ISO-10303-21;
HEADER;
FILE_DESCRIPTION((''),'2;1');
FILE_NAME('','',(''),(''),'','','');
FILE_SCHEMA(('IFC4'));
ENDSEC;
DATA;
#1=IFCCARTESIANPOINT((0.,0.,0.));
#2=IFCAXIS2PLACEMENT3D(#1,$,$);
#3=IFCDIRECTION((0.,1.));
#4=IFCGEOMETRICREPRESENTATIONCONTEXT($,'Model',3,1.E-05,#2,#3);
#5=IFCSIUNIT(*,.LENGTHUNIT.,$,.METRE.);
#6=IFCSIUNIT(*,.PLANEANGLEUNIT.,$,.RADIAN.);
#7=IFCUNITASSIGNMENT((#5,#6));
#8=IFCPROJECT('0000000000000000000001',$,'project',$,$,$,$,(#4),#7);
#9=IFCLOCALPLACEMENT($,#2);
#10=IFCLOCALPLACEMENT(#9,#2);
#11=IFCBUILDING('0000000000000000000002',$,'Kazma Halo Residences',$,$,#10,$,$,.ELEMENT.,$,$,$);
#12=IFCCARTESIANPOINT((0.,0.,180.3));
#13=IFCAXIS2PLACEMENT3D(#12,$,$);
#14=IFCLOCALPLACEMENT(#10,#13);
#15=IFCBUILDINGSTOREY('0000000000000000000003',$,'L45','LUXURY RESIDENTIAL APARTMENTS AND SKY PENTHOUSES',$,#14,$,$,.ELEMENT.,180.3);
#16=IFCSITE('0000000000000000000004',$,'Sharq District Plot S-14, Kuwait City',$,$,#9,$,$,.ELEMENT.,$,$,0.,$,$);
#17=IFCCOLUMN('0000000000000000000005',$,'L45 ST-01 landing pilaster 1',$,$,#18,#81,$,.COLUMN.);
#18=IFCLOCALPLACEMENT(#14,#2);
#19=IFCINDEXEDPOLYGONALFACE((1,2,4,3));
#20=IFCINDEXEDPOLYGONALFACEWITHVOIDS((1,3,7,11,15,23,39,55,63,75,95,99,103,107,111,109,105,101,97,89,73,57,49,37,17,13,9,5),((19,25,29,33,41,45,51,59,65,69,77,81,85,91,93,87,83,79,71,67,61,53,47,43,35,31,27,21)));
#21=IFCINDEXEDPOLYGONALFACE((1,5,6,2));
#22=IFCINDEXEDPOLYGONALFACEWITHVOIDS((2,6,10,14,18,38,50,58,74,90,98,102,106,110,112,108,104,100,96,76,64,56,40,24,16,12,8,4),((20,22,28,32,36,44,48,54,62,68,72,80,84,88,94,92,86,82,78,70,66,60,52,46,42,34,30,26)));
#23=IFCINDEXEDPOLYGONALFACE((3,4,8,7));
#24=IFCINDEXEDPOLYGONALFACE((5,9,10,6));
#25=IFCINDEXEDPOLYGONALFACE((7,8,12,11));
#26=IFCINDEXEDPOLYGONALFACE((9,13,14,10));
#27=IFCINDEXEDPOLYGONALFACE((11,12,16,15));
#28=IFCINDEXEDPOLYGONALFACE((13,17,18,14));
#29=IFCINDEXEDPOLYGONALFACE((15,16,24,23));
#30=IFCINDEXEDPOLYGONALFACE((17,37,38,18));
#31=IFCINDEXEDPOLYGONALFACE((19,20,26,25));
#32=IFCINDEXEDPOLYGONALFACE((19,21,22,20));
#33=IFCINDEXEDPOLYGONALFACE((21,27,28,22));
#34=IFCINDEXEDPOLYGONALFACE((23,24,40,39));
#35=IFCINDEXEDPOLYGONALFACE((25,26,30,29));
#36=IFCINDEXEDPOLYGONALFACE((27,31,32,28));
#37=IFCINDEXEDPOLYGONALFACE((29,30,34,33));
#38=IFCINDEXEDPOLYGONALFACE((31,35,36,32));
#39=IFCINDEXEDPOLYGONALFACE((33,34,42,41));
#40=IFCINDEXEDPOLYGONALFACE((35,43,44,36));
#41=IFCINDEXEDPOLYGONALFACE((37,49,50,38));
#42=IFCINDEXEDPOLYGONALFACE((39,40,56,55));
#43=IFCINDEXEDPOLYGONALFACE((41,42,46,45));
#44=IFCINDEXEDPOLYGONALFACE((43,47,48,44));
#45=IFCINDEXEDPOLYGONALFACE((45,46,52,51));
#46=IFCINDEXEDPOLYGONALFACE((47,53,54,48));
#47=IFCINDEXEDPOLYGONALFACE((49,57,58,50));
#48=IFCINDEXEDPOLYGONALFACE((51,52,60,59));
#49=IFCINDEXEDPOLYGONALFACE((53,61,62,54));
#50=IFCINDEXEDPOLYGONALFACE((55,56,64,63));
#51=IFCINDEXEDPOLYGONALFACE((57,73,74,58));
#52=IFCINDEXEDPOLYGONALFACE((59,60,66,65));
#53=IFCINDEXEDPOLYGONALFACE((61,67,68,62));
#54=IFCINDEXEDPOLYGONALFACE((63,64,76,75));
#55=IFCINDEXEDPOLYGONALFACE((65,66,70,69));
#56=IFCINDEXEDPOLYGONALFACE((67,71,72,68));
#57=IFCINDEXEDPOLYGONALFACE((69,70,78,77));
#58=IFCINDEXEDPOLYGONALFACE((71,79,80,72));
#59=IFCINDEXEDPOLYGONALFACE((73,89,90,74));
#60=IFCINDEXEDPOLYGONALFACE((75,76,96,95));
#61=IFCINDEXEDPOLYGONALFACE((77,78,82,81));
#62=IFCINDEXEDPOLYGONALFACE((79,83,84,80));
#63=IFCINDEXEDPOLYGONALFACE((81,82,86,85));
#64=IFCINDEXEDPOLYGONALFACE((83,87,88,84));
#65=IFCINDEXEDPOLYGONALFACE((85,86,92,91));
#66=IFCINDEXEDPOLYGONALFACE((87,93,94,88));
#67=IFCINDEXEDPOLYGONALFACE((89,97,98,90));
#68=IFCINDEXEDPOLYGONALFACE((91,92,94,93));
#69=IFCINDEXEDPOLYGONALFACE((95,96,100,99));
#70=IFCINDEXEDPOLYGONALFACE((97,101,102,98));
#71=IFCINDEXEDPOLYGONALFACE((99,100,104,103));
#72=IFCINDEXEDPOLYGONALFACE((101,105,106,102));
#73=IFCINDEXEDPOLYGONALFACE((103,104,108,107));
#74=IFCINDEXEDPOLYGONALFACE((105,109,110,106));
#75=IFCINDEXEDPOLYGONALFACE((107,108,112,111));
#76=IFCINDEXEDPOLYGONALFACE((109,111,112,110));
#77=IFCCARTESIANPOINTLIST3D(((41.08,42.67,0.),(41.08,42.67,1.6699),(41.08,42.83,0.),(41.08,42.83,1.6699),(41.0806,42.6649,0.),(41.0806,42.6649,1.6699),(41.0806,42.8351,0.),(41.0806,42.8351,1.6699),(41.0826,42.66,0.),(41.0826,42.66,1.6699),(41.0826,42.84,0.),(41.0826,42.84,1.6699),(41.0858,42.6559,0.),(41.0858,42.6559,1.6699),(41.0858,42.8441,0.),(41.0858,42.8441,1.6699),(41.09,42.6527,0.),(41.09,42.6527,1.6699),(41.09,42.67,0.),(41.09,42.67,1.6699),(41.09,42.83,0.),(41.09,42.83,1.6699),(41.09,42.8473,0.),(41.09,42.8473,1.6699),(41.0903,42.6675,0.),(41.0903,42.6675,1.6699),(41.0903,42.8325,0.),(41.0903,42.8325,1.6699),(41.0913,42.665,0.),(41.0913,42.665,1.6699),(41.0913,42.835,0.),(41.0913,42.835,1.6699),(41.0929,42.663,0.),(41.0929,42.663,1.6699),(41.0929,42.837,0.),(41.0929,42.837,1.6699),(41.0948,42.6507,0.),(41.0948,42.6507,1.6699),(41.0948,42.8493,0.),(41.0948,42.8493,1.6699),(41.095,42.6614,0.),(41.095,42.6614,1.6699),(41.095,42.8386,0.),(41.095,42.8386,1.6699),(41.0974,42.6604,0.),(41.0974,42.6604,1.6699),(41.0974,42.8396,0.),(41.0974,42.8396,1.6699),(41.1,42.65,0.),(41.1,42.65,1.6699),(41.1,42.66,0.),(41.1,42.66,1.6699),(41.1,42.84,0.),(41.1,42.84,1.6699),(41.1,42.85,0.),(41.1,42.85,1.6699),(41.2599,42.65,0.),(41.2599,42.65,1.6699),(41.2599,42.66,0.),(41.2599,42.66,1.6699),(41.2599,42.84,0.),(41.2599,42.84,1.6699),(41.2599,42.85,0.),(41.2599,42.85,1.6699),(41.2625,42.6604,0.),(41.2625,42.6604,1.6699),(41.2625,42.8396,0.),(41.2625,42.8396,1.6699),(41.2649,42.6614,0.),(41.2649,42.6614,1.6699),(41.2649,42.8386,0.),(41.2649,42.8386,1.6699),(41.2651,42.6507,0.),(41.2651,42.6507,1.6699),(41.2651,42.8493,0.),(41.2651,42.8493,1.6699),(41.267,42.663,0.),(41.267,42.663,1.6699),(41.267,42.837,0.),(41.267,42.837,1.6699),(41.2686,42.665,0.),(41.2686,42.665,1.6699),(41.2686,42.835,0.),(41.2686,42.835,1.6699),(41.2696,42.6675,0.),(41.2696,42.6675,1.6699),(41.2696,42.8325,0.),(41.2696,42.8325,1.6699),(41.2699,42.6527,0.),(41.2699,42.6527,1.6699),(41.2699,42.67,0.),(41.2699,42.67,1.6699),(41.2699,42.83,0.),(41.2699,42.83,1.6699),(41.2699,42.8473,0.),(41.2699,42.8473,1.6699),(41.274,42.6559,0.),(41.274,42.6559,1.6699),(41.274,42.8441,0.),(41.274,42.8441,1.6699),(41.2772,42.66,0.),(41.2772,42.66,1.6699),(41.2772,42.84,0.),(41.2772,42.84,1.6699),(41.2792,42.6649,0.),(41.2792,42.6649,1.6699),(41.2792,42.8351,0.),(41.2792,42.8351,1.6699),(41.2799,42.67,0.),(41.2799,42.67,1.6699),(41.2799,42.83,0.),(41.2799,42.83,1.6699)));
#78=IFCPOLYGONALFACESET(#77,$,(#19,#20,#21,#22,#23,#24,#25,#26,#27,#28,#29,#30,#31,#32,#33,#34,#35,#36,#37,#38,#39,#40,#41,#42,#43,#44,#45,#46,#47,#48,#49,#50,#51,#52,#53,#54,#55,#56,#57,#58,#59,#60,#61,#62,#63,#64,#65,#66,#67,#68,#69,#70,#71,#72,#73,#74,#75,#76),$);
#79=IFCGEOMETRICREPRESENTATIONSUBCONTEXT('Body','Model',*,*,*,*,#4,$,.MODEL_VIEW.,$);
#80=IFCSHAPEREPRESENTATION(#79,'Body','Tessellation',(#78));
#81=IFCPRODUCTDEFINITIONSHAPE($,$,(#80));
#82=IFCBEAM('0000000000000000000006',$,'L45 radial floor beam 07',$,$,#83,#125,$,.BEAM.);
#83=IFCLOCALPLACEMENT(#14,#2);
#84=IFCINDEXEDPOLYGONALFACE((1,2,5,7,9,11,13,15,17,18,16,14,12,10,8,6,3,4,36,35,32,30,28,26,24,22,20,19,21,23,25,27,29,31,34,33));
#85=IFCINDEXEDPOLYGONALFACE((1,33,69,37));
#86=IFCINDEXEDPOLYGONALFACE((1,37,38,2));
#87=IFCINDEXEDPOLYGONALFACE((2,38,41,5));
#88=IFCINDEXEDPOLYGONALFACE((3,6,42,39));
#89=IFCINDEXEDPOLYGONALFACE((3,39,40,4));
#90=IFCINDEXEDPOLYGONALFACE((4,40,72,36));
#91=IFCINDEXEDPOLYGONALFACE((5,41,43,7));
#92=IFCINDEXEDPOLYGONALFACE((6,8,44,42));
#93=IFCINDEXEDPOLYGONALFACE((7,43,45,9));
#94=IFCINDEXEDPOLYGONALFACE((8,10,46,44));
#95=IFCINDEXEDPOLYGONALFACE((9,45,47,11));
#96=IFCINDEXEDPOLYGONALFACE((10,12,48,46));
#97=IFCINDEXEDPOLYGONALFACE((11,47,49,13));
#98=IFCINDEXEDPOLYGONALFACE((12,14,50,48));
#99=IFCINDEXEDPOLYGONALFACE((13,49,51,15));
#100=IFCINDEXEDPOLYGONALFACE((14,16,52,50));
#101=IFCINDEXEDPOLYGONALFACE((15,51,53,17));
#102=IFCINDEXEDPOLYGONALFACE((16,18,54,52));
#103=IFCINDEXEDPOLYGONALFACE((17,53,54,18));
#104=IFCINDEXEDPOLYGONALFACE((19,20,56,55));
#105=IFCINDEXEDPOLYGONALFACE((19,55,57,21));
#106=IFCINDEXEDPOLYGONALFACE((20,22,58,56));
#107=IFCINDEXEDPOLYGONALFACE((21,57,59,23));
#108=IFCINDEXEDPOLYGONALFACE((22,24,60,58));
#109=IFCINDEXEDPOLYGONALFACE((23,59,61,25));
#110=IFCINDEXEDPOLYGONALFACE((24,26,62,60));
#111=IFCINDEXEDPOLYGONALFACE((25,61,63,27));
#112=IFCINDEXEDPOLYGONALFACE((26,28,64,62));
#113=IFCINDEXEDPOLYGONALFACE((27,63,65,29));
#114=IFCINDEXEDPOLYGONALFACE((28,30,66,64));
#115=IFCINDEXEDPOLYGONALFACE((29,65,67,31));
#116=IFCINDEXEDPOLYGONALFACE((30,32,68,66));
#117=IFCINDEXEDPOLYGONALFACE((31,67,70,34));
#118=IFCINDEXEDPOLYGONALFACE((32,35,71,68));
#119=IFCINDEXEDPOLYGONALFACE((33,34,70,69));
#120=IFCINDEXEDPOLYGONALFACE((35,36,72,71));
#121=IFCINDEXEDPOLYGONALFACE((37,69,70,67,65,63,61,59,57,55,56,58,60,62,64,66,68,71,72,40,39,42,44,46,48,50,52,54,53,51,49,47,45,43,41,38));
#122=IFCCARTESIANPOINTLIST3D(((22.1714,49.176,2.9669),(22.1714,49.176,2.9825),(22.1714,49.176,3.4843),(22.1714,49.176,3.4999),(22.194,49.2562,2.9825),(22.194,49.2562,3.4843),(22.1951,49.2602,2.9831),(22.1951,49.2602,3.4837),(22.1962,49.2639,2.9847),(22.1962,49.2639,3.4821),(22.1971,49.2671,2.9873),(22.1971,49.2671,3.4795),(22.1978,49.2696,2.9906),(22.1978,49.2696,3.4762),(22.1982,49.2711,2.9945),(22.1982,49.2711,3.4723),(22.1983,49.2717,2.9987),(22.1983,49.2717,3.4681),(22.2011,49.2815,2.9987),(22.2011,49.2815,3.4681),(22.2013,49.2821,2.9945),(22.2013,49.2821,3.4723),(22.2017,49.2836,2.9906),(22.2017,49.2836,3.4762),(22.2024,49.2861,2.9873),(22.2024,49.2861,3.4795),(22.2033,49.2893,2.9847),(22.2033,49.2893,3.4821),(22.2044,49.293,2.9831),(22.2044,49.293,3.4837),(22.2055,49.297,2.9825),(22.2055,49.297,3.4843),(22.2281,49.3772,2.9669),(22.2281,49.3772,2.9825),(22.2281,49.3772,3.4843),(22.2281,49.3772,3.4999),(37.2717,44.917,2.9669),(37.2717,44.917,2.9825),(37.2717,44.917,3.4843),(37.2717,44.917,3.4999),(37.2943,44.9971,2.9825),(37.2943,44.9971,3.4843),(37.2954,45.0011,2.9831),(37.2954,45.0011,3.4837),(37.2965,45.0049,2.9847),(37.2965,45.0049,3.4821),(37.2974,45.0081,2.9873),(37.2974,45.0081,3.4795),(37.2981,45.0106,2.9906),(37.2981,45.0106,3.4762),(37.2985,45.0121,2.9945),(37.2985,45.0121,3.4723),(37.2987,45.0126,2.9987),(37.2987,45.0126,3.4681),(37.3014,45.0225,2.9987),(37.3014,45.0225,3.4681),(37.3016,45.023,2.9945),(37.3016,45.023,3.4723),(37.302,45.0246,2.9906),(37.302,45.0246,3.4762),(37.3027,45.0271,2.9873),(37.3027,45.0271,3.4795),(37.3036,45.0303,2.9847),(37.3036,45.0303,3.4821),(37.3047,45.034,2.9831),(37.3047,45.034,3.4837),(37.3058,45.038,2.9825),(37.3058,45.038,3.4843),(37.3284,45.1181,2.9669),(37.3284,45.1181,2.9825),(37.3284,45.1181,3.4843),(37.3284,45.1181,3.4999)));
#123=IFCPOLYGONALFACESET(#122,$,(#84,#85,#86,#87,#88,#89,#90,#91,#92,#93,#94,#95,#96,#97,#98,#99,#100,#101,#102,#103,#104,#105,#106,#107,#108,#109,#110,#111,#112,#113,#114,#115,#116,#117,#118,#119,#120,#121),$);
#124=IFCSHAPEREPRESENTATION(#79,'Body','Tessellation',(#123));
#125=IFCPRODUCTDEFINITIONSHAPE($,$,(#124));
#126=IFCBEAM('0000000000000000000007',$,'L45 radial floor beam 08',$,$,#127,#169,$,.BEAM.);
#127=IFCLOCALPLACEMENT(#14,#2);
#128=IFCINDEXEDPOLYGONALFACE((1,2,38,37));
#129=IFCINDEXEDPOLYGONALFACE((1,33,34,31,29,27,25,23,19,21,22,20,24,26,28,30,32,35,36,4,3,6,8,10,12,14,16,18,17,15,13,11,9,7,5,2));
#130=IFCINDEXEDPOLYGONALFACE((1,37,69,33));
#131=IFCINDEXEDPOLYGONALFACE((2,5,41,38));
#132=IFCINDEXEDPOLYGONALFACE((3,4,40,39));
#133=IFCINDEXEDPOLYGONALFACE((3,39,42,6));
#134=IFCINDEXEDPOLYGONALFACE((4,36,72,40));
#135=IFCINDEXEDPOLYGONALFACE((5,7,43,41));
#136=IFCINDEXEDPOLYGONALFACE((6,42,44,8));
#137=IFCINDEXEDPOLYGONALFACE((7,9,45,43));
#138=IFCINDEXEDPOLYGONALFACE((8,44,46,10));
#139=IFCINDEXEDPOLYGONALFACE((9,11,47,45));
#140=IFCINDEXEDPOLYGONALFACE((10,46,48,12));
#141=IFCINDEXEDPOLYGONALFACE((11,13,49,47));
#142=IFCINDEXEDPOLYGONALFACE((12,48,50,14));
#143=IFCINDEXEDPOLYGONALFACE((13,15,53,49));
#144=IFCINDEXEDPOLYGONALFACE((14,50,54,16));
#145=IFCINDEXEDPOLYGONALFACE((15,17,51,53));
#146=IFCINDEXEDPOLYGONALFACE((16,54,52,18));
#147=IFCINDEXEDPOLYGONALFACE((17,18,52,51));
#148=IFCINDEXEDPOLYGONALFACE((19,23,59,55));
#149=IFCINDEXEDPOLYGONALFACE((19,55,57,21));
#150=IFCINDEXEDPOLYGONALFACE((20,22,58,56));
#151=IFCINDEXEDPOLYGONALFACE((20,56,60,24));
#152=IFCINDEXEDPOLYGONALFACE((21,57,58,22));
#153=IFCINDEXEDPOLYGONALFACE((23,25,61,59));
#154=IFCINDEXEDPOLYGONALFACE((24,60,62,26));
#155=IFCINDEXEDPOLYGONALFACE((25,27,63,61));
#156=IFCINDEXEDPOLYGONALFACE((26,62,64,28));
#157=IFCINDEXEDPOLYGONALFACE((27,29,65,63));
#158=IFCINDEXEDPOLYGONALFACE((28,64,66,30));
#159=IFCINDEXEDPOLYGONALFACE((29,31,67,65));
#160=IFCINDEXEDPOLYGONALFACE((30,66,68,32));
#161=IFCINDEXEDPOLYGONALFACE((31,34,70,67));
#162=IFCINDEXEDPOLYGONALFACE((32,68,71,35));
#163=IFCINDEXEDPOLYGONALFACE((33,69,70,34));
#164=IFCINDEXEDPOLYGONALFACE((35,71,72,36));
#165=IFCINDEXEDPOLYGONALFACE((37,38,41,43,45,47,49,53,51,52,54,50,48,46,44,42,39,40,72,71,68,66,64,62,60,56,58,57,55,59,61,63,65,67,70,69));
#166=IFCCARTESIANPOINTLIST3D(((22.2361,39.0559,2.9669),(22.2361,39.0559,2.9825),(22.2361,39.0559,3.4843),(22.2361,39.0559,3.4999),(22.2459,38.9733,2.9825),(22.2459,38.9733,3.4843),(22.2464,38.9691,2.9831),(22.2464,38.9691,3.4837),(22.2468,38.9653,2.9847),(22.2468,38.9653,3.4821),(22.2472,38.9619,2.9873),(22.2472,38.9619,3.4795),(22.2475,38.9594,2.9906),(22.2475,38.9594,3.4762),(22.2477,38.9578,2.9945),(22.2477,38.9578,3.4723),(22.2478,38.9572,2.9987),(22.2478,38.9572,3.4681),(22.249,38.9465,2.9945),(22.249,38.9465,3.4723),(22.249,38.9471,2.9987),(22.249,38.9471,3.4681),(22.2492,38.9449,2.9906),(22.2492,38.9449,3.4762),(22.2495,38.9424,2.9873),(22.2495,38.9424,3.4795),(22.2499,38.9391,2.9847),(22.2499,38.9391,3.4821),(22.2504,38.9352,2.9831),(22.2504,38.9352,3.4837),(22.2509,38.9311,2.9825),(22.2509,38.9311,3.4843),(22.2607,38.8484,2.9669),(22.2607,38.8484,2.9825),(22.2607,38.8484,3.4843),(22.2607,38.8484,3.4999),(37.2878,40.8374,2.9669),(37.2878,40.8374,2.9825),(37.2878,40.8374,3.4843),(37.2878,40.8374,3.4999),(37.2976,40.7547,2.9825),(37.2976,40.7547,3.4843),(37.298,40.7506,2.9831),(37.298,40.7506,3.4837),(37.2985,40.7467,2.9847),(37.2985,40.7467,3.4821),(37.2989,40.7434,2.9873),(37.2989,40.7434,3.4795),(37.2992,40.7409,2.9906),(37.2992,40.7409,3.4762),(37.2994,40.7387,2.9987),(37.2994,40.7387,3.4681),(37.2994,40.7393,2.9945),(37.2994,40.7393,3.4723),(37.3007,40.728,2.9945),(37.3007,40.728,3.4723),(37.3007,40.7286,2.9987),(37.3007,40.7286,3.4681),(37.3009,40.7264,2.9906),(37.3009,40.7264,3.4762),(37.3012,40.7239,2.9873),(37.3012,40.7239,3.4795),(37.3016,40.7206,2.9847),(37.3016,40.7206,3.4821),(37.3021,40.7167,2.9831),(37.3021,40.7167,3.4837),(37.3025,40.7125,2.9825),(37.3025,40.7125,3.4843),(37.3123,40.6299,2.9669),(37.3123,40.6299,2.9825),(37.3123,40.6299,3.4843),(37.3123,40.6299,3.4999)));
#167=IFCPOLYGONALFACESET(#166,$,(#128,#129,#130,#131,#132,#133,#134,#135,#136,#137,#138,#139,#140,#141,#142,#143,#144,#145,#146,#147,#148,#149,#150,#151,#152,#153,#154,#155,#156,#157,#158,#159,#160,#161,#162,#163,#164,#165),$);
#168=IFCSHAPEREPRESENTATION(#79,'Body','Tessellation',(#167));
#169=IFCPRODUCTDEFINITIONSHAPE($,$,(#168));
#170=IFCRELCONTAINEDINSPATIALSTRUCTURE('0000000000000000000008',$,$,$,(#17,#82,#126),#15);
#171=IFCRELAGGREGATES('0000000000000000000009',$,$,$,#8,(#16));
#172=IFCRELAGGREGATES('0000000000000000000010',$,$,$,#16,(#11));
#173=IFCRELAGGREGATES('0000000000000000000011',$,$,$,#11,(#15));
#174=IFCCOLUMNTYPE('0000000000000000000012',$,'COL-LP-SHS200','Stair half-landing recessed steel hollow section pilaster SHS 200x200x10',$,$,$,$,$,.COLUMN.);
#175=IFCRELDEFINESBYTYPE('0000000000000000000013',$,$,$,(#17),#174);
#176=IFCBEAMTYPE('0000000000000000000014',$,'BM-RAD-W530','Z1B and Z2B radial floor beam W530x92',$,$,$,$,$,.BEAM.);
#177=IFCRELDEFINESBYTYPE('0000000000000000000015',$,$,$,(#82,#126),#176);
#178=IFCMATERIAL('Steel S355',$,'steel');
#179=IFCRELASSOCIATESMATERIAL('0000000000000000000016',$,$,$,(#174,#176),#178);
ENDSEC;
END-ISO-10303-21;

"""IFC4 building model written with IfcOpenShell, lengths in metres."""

from ifc_helpers import new_model, si_unit, direction, frame, origin, origin_2d, place, context, subcontext, project, spatial, hollow_rectangle, i_section, extrude, material, material_profile, profile_set, type_object, element, save


model = new_model("IFC4")

# Units and contexts
model_context = context("Model", 3, precision=1e-05, world=origin(), true_north=direction((0.0, 1.0)))
body_context = subcontext(model_context, "Body", "Model", "MODEL_VIEW")
ifc_project = project(units=[si_unit("LENGTHUNIT", "METRE"), si_unit("PLANEANGLEUNIT", "RADIAN")], contexts=[model_context])

# Site, building, storey
site_placement = place(None, origin())
site = spatial("IfcSite", under=ifc_project, at=site_placement, Name="Sharq District Plot S-14, Kuwait City", CompositionType="ELEMENT", RefElevation=0.0)
building_placement = place(site_placement, origin())
building = spatial("IfcBuilding", under=site, at=building_placement, Name="Kazma Halo Residences", CompositionType="ELEMENT")
storey_placement = place(building_placement, frame((0.0, 0.0, 180.3)))
storey = spatial("IfcBuildingStorey", under=building, at=storey_placement, Name="L45", Description="LUXURY RESIDENTIAL APARTMENTS AND SKY PENTHOUSES", CompositionType="ELEMENT", Elevation=180.3)

# Column
ifc_material_1 = material(Name="Steel S355", Category="steel")
ifc_material_profile_1 = material_profile(ifc_material_1, hollow_rectangle(XDim=0.2, YDim=0.2, WallThickness=0.01, InnerFilletRadius=0.01, OuterFilletRadius=0.02, at=origin_2d()), Name="SHS200x200x10")
ifc_profile_set_1 = profile_set([ifc_material_profile_1], Name="Steel S355")
column_type = type_object("IfcColumnType", Name="COL-LP-SHS200", Description="Stair half-landing recessed steel hollow section pilaster SHS 200x200x10", PredefinedType="COLUMN", material=ifc_profile_set_1)
column_placement = place(storey_placement, frame((41.1799, 42.75, 0.0), z_axis=(0.0, 0.0, 1.0), x_axis=(1.0, 0.0, 0.0)))
element("IfcColumn", 1, at=column_placement, inside=storey, type_object=column_type, Name="L45 ST-01 landing pilaster 1", PredefinedType="COLUMN", context=body_context, shape_type="SweptSolid", body=[
    extrude(hollow_rectangle(XDim=0.2, YDim=0.2, WallThickness=0.01, InnerFilletRadius=0.01, OuterFilletRadius=0.02, at=origin_2d()), origin(), (0.0, 0.0, 1.0), 1.6699),
])

# Beams
ifc_material_profile_2 = material_profile(ifc_material_1, i_section(OverallWidth=0.209, OverallDepth=0.533, WebThickness=0.0103, FlangeThickness=0.0156, FilletRadius=0.0161, at=origin_2d()), Name="W530x92")
ifc_profile_set_2 = profile_set([ifc_material_profile_2], Name="Steel S355")
beam_type_1 = type_object("IfcBeamType", Name="BM-RAD-W530", Description="Z1B and Z2B radial floor beam W530x92", PredefinedType="BEAM", material=ifc_profile_set_2)
beam_1_placement = place(storey_placement, frame((37.3, 45.0176, 3.2334), z_axis=(-0.96245, 0.271458, 0.0), x_axis=(-0.271458, -0.96245, 0.0)))
element("IfcBeam", 2, at=beam_1_placement, inside=storey, type_object=beam_type_1, Name="L45 radial floor beam 07", PredefinedType="BEAM", context=body_context, shape_type="SweptSolid", body=[
    extrude(i_section(OverallWidth=0.209, OverallDepth=0.533, WebThickness=0.0103, FlangeThickness=0.0156, FilletRadius=0.0161, at=origin_2d()), origin(), (0.0, 0.0, 1.0), 15.6895),
])
beam_2_placement = place(storey_placement, frame((37.3, 40.7336, 3.2334), z_axis=(-0.993068, -0.117537, 0.0), x_axis=(0.117537, -0.993068, 0.0)))
element("IfcBeam", 3, at=beam_2_placement, inside=storey, type_object=beam_type_1, Name="L45 radial floor beam 08", PredefinedType="BEAM", context=body_context, shape_type="SweptSolid", body=[
    extrude(i_section(OverallWidth=0.209, OverallDepth=0.533, WebThickness=0.0103, FlangeThickness=0.0156, FilletRadius=0.0161, at=origin_2d()), origin(), (0.0, 0.0, 1.0), 15.1567),
])

save(model, "model.ifc")
